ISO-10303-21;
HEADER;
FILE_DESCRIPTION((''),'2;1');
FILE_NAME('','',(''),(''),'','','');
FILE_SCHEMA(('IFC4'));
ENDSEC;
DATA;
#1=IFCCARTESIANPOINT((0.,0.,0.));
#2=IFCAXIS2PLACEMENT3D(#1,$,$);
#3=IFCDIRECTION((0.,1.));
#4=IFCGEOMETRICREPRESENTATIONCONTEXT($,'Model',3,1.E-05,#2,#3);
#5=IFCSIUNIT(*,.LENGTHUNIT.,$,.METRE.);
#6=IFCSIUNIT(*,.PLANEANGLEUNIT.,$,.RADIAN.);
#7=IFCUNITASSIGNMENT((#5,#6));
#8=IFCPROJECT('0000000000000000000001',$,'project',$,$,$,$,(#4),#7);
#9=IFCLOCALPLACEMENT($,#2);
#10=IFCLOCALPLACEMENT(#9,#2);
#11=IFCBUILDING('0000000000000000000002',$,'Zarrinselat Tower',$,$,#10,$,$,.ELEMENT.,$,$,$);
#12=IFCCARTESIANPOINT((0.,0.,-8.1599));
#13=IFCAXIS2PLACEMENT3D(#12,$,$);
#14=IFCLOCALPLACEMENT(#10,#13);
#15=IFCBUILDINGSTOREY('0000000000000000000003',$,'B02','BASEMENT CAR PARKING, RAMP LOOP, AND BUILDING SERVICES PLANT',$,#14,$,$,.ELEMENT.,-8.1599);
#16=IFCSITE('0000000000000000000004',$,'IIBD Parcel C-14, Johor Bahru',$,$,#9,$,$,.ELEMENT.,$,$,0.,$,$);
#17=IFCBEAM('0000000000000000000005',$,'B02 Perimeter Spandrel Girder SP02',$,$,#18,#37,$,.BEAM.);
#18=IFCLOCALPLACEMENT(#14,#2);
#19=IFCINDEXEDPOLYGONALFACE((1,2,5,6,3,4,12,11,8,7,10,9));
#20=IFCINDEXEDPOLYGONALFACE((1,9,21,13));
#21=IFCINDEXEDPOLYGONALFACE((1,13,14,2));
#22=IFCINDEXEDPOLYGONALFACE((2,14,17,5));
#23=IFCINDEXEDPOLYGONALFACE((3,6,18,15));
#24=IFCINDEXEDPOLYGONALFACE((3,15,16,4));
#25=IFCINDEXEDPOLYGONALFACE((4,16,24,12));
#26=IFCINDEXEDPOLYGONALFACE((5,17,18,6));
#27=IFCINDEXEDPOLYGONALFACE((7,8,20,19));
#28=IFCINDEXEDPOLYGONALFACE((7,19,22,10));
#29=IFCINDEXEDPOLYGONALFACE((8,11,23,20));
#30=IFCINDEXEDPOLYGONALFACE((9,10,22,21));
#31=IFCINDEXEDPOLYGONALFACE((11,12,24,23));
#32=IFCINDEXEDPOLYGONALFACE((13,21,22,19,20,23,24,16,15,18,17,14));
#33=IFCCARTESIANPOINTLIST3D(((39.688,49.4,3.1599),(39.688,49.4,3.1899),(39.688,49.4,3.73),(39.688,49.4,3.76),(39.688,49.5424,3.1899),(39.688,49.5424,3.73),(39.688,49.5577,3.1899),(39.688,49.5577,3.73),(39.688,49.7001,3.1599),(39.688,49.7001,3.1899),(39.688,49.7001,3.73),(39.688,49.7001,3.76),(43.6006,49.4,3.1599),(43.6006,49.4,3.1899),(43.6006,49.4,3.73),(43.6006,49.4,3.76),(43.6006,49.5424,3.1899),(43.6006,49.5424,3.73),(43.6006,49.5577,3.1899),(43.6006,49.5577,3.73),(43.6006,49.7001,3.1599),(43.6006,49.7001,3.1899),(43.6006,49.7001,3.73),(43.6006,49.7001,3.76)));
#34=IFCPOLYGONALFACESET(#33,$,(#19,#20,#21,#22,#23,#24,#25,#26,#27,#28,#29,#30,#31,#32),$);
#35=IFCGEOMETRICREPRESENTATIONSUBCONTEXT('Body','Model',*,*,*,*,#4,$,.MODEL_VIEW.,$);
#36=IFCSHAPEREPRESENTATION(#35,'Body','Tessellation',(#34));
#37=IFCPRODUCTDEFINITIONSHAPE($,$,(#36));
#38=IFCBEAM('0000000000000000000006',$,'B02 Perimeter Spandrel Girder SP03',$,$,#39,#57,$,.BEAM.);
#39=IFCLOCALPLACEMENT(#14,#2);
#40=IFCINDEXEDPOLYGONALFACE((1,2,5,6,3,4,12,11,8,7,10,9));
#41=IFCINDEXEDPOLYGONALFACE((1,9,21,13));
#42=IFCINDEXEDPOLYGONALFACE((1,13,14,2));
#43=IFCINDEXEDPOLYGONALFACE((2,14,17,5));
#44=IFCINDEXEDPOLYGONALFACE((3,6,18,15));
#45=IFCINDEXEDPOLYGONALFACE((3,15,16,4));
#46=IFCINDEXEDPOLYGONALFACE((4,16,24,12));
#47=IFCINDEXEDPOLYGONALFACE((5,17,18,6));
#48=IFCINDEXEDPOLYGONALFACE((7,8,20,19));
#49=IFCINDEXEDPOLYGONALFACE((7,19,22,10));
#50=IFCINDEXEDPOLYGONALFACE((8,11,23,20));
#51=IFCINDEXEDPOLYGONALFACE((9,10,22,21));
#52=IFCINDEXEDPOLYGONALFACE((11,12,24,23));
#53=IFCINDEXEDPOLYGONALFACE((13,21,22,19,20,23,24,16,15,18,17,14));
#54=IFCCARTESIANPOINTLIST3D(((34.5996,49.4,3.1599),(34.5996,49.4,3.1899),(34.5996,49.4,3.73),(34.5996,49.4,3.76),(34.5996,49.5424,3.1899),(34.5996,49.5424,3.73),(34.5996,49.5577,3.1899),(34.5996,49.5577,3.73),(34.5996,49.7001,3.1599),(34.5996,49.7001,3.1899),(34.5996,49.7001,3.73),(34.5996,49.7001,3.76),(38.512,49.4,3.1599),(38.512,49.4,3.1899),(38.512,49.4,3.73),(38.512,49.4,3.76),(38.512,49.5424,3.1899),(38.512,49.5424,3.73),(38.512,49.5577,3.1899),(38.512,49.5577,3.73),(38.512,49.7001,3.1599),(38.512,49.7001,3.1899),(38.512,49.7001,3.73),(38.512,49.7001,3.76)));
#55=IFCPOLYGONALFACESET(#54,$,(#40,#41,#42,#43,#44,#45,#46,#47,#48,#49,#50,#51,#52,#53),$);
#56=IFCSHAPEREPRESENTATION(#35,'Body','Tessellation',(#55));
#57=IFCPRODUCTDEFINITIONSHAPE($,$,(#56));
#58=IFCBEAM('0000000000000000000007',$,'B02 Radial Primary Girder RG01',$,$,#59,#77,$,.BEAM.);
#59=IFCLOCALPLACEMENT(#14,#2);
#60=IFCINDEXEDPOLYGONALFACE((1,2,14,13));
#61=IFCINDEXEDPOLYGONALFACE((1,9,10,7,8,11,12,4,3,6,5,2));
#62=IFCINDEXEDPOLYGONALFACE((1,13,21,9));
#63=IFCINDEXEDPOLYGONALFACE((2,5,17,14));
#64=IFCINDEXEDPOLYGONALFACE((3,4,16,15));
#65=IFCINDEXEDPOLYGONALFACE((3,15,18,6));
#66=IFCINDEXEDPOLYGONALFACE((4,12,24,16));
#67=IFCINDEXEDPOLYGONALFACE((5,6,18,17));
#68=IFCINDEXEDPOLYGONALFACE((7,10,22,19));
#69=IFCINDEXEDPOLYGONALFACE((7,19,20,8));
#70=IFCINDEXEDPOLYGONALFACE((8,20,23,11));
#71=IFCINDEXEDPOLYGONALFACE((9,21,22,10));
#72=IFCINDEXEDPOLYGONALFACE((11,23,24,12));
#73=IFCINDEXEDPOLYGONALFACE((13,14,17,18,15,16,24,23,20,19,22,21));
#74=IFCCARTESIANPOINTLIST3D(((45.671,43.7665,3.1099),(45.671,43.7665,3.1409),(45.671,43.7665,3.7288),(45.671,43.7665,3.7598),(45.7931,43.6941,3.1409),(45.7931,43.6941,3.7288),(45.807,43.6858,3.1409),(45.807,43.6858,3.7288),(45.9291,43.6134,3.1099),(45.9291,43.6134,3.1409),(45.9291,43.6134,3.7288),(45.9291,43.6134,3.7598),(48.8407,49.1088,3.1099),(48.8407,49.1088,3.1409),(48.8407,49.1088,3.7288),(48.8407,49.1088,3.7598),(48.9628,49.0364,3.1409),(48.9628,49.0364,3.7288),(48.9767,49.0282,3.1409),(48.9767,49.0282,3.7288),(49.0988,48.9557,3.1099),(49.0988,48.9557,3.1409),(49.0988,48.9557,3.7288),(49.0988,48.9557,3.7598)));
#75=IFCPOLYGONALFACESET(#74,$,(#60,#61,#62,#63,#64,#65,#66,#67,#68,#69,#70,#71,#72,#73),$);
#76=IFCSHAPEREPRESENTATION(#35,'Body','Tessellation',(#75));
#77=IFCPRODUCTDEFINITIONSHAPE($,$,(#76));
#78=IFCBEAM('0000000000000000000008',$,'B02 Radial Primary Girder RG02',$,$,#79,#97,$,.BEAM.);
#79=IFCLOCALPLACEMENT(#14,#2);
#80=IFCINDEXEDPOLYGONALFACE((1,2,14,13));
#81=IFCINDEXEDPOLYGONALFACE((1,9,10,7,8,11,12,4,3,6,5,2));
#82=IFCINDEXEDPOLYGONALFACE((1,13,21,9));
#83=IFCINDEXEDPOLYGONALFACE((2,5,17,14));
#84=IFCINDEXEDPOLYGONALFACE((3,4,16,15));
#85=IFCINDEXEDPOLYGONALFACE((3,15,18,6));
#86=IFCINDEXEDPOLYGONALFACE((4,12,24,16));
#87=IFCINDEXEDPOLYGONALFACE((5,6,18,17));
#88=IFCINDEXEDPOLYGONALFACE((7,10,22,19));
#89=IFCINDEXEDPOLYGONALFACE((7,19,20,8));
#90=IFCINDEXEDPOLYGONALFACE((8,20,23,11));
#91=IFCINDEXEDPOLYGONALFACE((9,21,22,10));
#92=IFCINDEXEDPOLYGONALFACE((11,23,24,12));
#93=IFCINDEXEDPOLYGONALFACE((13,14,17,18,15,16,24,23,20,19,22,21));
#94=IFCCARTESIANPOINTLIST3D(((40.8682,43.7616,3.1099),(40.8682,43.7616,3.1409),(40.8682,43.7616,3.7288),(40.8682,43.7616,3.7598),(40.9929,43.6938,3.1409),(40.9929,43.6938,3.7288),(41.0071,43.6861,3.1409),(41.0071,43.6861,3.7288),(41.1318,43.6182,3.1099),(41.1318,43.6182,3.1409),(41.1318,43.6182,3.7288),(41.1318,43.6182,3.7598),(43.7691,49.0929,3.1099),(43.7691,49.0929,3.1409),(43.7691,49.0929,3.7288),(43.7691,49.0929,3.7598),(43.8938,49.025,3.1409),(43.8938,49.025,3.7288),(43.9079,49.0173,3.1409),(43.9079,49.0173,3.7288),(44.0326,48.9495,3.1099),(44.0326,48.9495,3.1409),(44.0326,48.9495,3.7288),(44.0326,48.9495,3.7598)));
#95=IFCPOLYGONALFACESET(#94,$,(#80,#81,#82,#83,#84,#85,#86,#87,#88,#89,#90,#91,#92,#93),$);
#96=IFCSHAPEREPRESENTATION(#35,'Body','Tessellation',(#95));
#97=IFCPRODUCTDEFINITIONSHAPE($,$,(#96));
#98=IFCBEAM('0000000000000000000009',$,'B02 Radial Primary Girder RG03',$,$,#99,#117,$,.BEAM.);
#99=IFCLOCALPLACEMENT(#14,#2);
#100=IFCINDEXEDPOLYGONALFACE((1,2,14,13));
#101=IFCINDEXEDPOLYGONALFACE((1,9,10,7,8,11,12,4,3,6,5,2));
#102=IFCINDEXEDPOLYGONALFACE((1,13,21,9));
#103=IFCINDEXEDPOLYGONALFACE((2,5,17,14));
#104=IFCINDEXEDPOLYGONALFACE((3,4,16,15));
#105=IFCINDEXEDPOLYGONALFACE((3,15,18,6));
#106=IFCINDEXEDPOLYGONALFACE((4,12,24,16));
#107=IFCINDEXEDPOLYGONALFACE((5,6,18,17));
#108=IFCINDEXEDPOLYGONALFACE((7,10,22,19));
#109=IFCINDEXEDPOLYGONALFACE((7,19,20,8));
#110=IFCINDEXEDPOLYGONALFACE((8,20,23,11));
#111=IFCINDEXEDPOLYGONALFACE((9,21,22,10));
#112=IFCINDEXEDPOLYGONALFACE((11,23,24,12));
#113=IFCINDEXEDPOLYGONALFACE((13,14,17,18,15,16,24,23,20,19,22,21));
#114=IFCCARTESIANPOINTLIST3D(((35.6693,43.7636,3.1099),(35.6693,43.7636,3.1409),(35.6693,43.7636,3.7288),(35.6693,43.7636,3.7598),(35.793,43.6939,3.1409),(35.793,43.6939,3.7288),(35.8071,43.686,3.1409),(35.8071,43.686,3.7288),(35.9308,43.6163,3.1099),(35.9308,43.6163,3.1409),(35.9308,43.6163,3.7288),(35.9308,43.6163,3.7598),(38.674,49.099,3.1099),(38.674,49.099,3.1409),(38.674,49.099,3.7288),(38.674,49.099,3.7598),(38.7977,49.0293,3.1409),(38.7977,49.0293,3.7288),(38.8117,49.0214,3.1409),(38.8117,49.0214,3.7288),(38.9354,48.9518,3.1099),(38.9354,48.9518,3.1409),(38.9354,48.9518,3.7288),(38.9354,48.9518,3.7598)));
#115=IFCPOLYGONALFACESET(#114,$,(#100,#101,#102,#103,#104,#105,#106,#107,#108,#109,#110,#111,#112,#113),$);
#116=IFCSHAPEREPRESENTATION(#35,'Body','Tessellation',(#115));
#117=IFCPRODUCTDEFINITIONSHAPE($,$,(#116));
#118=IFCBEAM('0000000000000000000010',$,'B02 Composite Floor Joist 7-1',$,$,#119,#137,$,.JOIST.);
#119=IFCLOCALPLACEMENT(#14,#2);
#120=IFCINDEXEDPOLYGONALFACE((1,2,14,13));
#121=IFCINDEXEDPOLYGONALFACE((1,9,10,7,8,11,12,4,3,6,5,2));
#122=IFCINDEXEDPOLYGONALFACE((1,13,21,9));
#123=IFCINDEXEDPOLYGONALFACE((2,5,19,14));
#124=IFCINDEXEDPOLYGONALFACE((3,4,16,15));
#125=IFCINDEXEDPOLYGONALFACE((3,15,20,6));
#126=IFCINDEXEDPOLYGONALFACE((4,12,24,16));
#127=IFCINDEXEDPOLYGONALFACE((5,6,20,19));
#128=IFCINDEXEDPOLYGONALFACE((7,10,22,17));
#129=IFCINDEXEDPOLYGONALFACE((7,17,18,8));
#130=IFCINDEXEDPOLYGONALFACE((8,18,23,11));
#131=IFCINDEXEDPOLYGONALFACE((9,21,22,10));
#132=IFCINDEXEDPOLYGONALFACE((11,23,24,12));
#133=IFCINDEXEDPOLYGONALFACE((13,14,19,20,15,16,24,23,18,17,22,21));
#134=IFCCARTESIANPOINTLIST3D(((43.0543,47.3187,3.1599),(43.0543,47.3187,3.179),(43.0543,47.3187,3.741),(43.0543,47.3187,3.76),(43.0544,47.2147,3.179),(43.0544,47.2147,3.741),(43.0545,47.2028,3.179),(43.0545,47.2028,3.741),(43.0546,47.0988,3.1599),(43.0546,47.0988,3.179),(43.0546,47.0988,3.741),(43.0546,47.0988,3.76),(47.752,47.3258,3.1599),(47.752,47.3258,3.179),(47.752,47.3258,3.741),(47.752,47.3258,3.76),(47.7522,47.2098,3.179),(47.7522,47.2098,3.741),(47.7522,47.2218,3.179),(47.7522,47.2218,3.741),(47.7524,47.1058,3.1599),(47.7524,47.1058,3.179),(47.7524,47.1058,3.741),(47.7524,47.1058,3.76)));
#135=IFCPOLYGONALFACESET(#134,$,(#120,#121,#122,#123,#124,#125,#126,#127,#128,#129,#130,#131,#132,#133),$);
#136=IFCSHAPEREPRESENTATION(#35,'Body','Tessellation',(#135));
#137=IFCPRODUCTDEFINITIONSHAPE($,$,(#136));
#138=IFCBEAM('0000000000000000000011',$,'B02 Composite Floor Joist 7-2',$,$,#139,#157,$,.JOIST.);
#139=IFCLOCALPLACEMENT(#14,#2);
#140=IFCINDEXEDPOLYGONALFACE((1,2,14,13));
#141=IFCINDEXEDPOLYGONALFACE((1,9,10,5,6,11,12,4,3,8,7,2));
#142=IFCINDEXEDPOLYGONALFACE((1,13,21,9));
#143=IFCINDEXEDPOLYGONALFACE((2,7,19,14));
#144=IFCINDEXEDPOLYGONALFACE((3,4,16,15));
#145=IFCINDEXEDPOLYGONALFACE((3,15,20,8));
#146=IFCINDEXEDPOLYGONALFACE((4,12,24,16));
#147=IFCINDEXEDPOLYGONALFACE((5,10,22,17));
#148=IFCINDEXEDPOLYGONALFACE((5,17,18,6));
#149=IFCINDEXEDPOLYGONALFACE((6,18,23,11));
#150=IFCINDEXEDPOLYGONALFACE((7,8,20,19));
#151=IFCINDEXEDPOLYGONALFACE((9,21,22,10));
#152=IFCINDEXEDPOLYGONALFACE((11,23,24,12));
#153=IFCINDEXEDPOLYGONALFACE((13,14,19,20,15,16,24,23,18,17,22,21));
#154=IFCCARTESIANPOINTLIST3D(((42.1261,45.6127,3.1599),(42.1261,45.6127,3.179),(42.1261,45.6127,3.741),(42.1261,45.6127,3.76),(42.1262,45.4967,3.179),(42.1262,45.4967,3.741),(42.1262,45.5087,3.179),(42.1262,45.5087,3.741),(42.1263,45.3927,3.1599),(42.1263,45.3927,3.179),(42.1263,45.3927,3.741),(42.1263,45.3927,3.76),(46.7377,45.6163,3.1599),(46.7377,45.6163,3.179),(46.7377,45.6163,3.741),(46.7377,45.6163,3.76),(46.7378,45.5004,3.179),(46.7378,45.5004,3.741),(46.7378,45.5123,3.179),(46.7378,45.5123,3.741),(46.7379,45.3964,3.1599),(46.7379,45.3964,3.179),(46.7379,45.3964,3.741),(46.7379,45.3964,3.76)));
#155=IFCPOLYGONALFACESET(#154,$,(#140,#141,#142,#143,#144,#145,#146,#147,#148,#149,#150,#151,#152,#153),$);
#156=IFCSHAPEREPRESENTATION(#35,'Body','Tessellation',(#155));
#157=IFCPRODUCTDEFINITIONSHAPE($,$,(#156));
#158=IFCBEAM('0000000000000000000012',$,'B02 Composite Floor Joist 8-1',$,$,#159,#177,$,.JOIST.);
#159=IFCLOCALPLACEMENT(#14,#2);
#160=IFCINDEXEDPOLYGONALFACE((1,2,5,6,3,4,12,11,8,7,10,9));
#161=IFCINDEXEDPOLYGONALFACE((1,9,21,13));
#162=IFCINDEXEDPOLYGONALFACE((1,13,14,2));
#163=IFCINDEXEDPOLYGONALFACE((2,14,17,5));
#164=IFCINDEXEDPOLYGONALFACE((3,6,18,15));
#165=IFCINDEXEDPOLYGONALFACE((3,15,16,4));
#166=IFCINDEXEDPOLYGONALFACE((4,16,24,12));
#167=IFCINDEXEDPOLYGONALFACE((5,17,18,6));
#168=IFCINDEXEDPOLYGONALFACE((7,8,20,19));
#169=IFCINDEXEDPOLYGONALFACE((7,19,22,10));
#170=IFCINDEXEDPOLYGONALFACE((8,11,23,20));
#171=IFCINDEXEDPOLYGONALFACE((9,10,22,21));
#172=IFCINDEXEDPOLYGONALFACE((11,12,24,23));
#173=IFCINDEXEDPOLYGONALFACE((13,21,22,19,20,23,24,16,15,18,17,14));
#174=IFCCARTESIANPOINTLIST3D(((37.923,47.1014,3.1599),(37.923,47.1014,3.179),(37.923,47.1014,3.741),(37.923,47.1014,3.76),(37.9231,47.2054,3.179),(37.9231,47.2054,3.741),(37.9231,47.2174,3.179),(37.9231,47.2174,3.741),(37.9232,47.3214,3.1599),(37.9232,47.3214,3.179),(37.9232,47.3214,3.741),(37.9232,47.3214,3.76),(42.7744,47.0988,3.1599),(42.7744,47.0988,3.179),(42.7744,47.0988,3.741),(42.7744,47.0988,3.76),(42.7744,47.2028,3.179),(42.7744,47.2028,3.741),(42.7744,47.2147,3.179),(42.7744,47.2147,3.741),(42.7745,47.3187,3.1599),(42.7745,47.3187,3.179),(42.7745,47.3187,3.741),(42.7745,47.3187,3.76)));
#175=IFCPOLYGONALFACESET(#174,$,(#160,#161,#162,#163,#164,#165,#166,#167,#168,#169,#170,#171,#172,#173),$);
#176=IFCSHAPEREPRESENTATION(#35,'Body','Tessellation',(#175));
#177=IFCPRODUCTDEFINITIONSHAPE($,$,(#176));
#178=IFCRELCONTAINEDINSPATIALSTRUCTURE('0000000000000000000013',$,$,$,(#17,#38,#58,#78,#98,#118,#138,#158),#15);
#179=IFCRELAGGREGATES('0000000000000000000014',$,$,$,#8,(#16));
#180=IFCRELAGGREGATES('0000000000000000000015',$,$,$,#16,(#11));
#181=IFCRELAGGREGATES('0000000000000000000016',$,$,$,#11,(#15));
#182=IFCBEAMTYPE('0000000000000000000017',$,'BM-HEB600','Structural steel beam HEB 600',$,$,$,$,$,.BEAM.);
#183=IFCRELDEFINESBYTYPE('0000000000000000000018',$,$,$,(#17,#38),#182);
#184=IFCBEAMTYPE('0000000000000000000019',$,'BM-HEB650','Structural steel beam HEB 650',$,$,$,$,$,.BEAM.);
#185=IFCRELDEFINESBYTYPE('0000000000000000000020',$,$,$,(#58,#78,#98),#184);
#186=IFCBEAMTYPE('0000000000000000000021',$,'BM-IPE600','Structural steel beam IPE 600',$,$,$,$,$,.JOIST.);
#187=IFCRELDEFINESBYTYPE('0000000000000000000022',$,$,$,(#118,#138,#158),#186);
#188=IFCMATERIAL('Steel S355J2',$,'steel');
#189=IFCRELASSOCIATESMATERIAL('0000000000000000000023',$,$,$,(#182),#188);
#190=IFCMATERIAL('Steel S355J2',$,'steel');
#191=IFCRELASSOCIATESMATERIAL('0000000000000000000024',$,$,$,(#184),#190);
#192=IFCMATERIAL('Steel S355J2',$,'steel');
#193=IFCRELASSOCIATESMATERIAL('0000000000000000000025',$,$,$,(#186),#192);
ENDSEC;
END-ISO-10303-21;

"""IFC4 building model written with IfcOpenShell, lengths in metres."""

from ifc_helpers import new_model, si_unit, direction, frame, origin, origin_2d, place, context, subcontext, project, spatial, i_section, extrude, material, material_profile, profile_set, type_object, element, save


model = new_model("IFC4")

# Units and contexts
model_context = context("Model", 3, precision=1e-05, world=origin(), true_north=direction((0.0, 1.0)))
body_context = subcontext(model_context, "Body", "Model", "MODEL_VIEW")
ifc_project = project(units=[si_unit("LENGTHUNIT", "METRE"), si_unit("PLANEANGLEUNIT", "RADIAN")], contexts=[model_context])

# Site, building, storey
site_placement = place(None, origin())
site = spatial("IfcSite", under=ifc_project, at=site_placement, Name="IIBD Parcel C-14, Johor Bahru", CompositionType="ELEMENT", RefElevation=0.0)
building_placement = place(site_placement, origin())
building = spatial("IfcBuilding", under=site, at=building_placement, Name="Zarrinselat Tower", CompositionType="ELEMENT")
storey_placement = place(building_placement, frame((0.0, 0.0, -8.1599)))
storey = spatial("IfcBuildingStorey", under=building, at=storey_placement, Name="B02", Description="BASEMENT CAR PARKING, RAMP LOOP, AND BUILDING SERVICES PLANT", CompositionType="ELEMENT", Elevation=-8.1599)

# Beams
ifc_material_1 = material(Name="Steel S355J2", Category="steel")
ifc_material_profile_1 = material_profile(ifc_material_1, i_section(OverallWidth=0.3, OverallDepth=0.6001, WebThickness=0.0154, FlangeThickness=0.03, at=origin_2d()), Name="HEB 600")
ifc_profile_set_1 = profile_set([ifc_material_profile_1], Name="Steel S355J2")
beam_type_1 = type_object("IfcBeamType", Name="BM-HEB600", Description="Structural steel beam HEB 600", PredefinedType="BEAM", material=ifc_profile_set_1)
beam_1_placement = place(storey_placement, frame((39.688, 49.55, 3.46), z_axis=(1.0, 0.0, 0.0), x_axis=(0.0, 1.0, 0.0)))
element("IfcBeam", 1, at=beam_1_placement, inside=storey, type_object=beam_type_1, Name="B02 Perimeter Spandrel Girder SP02", PredefinedType="BEAM", context=body_context, shape_type="SweptSolid", body=[
    extrude(i_section(OverallWidth=0.3, OverallDepth=0.6001, WebThickness=0.0154, FlangeThickness=0.03, at=origin_2d()), origin(), (0.0, 0.0, 1.0), 3.9126),
])
beam_2_placement = place(storey_placement, frame((34.5996, 49.55, 3.46), z_axis=(1.0, 0.0, 0.0), x_axis=(0.0, 1.0, 0.0)))
element("IfcBeam", 2, at=beam_2_placement, inside=storey, type_object=beam_type_1, Name="B02 Perimeter Spandrel Girder SP03", PredefinedType="BEAM", context=body_context, shape_type="SweptSolid", body=[
    extrude(i_section(OverallWidth=0.3, OverallDepth=0.6001, WebThickness=0.0154, FlangeThickness=0.03, at=origin_2d()), origin(), (0.0, 0.0, 1.0), 3.9124),
])
ifc_material_2 = material(Name="Steel S355J2", Category="steel")
ifc_material_profile_2 = material_profile(ifc_material_2, i_section(OverallWidth=0.3, OverallDepth=0.6499, WebThickness=0.0161, FlangeThickness=0.031, at=origin_2d()), Name="HEB 650")
ifc_profile_set_2 = profile_set([ifc_material_profile_2], Name="Steel S355J2")
beam_type_2 = type_object("IfcBeamType", Name="BM-HEB650", Description="Structural steel beam HEB 650", PredefinedType="BEAM", material=ifc_profile_set_2)
beam_3_placement = place(storey_placement, frame((45.8, 43.6899, 3.4348), z_axis=(0.510264, 0.860018, 0.0), x_axis=(-0.860018, 0.510264, 0.0)))
element("IfcBeam", 3, at=beam_3_placement, inside=storey, type_object=beam_type_2, Name="B02 Radial Primary Girder RG01", PredefinedType="BEAM", context=body_context, shape_type="SweptSolid", body=[
    extrude(i_section(OverallWidth=0.3, OverallDepth=0.6499, WebThickness=0.0161, FlangeThickness=0.031, at=origin_2d()), origin(), (0.0, 0.0, 1.0), 6.2119),
])
beam_4_placement = place(storey_placement, frame((41.0, 43.6899, 3.4348), z_axis=(0.47795, 0.878387, 0.0), x_axis=(-0.878387, 0.47795, 0.0)))
element("IfcBeam", 4, at=beam_4_placement, inside=storey, type_object=beam_type_2, Name="B02 Radial Primary Girder RG02", PredefinedType="BEAM", context=body_context, shape_type="SweptSolid", body=[
    extrude(i_section(OverallWidth=0.3, OverallDepth=0.6499, WebThickness=0.0161, FlangeThickness=0.031, at=origin_2d()), origin(), (0.0, 0.0, 1.0), 6.0693),
])
beam_5_placement = place(storey_placement, frame((35.8, 43.6899, 3.4348), z_axis=(0.490689, 0.871335, 0.0), x_axis=(-0.871335, 0.490689, 0.0)))
element("IfcBeam", 5, at=beam_5_placement, inside=storey, type_object=beam_type_2, Name="B02 Radial Primary Girder RG03", PredefinedType="BEAM", context=body_context, shape_type="SweptSolid", body=[
    extrude(i_section(OverallWidth=0.3, OverallDepth=0.6499, WebThickness=0.0161, FlangeThickness=0.031, at=origin_2d()), origin(), (0.0, 0.0, 1.0), 6.1233),
])
ifc_material_3 = material(Name="Steel S355J2", Category="steel")
ifc_material_profile_3 = material_profile(ifc_material_3, i_section(OverallWidth=0.22, OverallDepth=0.6001, WebThickness=0.012, FlangeThickness=0.019, at=origin_2d()), Name="IPE 600")
ifc_profile_set_3 = profile_set([ifc_material_profile_3], Name="Steel S355J2")
beam_type_3 = type_object("IfcBeamType", Name="BM-IPE600", Description="Structural steel beam IPE 600", PredefinedType="JOIST", material=ifc_profile_set_3)
beam_6_placement = place(storey_placement, frame((43.0544, 47.2087, 3.46), z_axis=(0.999999, 0.001507, 0.0), x_axis=(-0.001507, 0.999999, 0.0)))
element("IfcBeam", 6, at=beam_6_placement, inside=storey, type_object=beam_type_3, Name="B02 Composite Floor Joist 7-1", PredefinedType="JOIST", context=body_context, shape_type="SweptSolid", body=[
    extrude(i_section(OverallWidth=0.22, OverallDepth=0.6001, WebThickness=0.012, FlangeThickness=0.019, at=origin_2d()), origin(), (0.0, 0.0, 1.0), 4.6978),
])
beam_7_placement = place(storey_placement, frame((42.1262, 45.5027, 3.46), z_axis=(1.0, 0.000794, 0.0), x_axis=(-0.000794, 1.0, 0.0)))
element("IfcBeam", 7, at=beam_7_placement, inside=storey, type_object=beam_type_3, Name="B02 Composite Floor Joist 7-2", PredefinedType="JOIST", context=body_context, shape_type="SweptSolid", body=[
    extrude(i_section(OverallWidth=0.22, OverallDepth=0.6001, WebThickness=0.012, FlangeThickness=0.019, at=origin_2d()), origin(), (0.0, 0.0, 1.0), 4.6116),
])
beam_8_placement = place(storey_placement, frame((37.9231, 47.2114, 3.46), z_axis=(1.0, -0.000554, 0.0), x_axis=(0.000554, 1.0, 0.0)))
element("IfcBeam", 8, at=beam_8_placement, inside=storey, type_object=beam_type_3, Name="B02 Composite Floor Joist 8-1", PredefinedType="JOIST", context=body_context, shape_type="SweptSolid", body=[
    extrude(i_section(OverallWidth=0.22, OverallDepth=0.6001, WebThickness=0.012, FlangeThickness=0.019, at=origin_2d()), origin(), (0.0, 0.0, 1.0), 4.8513),
])

save(model, "model.ifc")
